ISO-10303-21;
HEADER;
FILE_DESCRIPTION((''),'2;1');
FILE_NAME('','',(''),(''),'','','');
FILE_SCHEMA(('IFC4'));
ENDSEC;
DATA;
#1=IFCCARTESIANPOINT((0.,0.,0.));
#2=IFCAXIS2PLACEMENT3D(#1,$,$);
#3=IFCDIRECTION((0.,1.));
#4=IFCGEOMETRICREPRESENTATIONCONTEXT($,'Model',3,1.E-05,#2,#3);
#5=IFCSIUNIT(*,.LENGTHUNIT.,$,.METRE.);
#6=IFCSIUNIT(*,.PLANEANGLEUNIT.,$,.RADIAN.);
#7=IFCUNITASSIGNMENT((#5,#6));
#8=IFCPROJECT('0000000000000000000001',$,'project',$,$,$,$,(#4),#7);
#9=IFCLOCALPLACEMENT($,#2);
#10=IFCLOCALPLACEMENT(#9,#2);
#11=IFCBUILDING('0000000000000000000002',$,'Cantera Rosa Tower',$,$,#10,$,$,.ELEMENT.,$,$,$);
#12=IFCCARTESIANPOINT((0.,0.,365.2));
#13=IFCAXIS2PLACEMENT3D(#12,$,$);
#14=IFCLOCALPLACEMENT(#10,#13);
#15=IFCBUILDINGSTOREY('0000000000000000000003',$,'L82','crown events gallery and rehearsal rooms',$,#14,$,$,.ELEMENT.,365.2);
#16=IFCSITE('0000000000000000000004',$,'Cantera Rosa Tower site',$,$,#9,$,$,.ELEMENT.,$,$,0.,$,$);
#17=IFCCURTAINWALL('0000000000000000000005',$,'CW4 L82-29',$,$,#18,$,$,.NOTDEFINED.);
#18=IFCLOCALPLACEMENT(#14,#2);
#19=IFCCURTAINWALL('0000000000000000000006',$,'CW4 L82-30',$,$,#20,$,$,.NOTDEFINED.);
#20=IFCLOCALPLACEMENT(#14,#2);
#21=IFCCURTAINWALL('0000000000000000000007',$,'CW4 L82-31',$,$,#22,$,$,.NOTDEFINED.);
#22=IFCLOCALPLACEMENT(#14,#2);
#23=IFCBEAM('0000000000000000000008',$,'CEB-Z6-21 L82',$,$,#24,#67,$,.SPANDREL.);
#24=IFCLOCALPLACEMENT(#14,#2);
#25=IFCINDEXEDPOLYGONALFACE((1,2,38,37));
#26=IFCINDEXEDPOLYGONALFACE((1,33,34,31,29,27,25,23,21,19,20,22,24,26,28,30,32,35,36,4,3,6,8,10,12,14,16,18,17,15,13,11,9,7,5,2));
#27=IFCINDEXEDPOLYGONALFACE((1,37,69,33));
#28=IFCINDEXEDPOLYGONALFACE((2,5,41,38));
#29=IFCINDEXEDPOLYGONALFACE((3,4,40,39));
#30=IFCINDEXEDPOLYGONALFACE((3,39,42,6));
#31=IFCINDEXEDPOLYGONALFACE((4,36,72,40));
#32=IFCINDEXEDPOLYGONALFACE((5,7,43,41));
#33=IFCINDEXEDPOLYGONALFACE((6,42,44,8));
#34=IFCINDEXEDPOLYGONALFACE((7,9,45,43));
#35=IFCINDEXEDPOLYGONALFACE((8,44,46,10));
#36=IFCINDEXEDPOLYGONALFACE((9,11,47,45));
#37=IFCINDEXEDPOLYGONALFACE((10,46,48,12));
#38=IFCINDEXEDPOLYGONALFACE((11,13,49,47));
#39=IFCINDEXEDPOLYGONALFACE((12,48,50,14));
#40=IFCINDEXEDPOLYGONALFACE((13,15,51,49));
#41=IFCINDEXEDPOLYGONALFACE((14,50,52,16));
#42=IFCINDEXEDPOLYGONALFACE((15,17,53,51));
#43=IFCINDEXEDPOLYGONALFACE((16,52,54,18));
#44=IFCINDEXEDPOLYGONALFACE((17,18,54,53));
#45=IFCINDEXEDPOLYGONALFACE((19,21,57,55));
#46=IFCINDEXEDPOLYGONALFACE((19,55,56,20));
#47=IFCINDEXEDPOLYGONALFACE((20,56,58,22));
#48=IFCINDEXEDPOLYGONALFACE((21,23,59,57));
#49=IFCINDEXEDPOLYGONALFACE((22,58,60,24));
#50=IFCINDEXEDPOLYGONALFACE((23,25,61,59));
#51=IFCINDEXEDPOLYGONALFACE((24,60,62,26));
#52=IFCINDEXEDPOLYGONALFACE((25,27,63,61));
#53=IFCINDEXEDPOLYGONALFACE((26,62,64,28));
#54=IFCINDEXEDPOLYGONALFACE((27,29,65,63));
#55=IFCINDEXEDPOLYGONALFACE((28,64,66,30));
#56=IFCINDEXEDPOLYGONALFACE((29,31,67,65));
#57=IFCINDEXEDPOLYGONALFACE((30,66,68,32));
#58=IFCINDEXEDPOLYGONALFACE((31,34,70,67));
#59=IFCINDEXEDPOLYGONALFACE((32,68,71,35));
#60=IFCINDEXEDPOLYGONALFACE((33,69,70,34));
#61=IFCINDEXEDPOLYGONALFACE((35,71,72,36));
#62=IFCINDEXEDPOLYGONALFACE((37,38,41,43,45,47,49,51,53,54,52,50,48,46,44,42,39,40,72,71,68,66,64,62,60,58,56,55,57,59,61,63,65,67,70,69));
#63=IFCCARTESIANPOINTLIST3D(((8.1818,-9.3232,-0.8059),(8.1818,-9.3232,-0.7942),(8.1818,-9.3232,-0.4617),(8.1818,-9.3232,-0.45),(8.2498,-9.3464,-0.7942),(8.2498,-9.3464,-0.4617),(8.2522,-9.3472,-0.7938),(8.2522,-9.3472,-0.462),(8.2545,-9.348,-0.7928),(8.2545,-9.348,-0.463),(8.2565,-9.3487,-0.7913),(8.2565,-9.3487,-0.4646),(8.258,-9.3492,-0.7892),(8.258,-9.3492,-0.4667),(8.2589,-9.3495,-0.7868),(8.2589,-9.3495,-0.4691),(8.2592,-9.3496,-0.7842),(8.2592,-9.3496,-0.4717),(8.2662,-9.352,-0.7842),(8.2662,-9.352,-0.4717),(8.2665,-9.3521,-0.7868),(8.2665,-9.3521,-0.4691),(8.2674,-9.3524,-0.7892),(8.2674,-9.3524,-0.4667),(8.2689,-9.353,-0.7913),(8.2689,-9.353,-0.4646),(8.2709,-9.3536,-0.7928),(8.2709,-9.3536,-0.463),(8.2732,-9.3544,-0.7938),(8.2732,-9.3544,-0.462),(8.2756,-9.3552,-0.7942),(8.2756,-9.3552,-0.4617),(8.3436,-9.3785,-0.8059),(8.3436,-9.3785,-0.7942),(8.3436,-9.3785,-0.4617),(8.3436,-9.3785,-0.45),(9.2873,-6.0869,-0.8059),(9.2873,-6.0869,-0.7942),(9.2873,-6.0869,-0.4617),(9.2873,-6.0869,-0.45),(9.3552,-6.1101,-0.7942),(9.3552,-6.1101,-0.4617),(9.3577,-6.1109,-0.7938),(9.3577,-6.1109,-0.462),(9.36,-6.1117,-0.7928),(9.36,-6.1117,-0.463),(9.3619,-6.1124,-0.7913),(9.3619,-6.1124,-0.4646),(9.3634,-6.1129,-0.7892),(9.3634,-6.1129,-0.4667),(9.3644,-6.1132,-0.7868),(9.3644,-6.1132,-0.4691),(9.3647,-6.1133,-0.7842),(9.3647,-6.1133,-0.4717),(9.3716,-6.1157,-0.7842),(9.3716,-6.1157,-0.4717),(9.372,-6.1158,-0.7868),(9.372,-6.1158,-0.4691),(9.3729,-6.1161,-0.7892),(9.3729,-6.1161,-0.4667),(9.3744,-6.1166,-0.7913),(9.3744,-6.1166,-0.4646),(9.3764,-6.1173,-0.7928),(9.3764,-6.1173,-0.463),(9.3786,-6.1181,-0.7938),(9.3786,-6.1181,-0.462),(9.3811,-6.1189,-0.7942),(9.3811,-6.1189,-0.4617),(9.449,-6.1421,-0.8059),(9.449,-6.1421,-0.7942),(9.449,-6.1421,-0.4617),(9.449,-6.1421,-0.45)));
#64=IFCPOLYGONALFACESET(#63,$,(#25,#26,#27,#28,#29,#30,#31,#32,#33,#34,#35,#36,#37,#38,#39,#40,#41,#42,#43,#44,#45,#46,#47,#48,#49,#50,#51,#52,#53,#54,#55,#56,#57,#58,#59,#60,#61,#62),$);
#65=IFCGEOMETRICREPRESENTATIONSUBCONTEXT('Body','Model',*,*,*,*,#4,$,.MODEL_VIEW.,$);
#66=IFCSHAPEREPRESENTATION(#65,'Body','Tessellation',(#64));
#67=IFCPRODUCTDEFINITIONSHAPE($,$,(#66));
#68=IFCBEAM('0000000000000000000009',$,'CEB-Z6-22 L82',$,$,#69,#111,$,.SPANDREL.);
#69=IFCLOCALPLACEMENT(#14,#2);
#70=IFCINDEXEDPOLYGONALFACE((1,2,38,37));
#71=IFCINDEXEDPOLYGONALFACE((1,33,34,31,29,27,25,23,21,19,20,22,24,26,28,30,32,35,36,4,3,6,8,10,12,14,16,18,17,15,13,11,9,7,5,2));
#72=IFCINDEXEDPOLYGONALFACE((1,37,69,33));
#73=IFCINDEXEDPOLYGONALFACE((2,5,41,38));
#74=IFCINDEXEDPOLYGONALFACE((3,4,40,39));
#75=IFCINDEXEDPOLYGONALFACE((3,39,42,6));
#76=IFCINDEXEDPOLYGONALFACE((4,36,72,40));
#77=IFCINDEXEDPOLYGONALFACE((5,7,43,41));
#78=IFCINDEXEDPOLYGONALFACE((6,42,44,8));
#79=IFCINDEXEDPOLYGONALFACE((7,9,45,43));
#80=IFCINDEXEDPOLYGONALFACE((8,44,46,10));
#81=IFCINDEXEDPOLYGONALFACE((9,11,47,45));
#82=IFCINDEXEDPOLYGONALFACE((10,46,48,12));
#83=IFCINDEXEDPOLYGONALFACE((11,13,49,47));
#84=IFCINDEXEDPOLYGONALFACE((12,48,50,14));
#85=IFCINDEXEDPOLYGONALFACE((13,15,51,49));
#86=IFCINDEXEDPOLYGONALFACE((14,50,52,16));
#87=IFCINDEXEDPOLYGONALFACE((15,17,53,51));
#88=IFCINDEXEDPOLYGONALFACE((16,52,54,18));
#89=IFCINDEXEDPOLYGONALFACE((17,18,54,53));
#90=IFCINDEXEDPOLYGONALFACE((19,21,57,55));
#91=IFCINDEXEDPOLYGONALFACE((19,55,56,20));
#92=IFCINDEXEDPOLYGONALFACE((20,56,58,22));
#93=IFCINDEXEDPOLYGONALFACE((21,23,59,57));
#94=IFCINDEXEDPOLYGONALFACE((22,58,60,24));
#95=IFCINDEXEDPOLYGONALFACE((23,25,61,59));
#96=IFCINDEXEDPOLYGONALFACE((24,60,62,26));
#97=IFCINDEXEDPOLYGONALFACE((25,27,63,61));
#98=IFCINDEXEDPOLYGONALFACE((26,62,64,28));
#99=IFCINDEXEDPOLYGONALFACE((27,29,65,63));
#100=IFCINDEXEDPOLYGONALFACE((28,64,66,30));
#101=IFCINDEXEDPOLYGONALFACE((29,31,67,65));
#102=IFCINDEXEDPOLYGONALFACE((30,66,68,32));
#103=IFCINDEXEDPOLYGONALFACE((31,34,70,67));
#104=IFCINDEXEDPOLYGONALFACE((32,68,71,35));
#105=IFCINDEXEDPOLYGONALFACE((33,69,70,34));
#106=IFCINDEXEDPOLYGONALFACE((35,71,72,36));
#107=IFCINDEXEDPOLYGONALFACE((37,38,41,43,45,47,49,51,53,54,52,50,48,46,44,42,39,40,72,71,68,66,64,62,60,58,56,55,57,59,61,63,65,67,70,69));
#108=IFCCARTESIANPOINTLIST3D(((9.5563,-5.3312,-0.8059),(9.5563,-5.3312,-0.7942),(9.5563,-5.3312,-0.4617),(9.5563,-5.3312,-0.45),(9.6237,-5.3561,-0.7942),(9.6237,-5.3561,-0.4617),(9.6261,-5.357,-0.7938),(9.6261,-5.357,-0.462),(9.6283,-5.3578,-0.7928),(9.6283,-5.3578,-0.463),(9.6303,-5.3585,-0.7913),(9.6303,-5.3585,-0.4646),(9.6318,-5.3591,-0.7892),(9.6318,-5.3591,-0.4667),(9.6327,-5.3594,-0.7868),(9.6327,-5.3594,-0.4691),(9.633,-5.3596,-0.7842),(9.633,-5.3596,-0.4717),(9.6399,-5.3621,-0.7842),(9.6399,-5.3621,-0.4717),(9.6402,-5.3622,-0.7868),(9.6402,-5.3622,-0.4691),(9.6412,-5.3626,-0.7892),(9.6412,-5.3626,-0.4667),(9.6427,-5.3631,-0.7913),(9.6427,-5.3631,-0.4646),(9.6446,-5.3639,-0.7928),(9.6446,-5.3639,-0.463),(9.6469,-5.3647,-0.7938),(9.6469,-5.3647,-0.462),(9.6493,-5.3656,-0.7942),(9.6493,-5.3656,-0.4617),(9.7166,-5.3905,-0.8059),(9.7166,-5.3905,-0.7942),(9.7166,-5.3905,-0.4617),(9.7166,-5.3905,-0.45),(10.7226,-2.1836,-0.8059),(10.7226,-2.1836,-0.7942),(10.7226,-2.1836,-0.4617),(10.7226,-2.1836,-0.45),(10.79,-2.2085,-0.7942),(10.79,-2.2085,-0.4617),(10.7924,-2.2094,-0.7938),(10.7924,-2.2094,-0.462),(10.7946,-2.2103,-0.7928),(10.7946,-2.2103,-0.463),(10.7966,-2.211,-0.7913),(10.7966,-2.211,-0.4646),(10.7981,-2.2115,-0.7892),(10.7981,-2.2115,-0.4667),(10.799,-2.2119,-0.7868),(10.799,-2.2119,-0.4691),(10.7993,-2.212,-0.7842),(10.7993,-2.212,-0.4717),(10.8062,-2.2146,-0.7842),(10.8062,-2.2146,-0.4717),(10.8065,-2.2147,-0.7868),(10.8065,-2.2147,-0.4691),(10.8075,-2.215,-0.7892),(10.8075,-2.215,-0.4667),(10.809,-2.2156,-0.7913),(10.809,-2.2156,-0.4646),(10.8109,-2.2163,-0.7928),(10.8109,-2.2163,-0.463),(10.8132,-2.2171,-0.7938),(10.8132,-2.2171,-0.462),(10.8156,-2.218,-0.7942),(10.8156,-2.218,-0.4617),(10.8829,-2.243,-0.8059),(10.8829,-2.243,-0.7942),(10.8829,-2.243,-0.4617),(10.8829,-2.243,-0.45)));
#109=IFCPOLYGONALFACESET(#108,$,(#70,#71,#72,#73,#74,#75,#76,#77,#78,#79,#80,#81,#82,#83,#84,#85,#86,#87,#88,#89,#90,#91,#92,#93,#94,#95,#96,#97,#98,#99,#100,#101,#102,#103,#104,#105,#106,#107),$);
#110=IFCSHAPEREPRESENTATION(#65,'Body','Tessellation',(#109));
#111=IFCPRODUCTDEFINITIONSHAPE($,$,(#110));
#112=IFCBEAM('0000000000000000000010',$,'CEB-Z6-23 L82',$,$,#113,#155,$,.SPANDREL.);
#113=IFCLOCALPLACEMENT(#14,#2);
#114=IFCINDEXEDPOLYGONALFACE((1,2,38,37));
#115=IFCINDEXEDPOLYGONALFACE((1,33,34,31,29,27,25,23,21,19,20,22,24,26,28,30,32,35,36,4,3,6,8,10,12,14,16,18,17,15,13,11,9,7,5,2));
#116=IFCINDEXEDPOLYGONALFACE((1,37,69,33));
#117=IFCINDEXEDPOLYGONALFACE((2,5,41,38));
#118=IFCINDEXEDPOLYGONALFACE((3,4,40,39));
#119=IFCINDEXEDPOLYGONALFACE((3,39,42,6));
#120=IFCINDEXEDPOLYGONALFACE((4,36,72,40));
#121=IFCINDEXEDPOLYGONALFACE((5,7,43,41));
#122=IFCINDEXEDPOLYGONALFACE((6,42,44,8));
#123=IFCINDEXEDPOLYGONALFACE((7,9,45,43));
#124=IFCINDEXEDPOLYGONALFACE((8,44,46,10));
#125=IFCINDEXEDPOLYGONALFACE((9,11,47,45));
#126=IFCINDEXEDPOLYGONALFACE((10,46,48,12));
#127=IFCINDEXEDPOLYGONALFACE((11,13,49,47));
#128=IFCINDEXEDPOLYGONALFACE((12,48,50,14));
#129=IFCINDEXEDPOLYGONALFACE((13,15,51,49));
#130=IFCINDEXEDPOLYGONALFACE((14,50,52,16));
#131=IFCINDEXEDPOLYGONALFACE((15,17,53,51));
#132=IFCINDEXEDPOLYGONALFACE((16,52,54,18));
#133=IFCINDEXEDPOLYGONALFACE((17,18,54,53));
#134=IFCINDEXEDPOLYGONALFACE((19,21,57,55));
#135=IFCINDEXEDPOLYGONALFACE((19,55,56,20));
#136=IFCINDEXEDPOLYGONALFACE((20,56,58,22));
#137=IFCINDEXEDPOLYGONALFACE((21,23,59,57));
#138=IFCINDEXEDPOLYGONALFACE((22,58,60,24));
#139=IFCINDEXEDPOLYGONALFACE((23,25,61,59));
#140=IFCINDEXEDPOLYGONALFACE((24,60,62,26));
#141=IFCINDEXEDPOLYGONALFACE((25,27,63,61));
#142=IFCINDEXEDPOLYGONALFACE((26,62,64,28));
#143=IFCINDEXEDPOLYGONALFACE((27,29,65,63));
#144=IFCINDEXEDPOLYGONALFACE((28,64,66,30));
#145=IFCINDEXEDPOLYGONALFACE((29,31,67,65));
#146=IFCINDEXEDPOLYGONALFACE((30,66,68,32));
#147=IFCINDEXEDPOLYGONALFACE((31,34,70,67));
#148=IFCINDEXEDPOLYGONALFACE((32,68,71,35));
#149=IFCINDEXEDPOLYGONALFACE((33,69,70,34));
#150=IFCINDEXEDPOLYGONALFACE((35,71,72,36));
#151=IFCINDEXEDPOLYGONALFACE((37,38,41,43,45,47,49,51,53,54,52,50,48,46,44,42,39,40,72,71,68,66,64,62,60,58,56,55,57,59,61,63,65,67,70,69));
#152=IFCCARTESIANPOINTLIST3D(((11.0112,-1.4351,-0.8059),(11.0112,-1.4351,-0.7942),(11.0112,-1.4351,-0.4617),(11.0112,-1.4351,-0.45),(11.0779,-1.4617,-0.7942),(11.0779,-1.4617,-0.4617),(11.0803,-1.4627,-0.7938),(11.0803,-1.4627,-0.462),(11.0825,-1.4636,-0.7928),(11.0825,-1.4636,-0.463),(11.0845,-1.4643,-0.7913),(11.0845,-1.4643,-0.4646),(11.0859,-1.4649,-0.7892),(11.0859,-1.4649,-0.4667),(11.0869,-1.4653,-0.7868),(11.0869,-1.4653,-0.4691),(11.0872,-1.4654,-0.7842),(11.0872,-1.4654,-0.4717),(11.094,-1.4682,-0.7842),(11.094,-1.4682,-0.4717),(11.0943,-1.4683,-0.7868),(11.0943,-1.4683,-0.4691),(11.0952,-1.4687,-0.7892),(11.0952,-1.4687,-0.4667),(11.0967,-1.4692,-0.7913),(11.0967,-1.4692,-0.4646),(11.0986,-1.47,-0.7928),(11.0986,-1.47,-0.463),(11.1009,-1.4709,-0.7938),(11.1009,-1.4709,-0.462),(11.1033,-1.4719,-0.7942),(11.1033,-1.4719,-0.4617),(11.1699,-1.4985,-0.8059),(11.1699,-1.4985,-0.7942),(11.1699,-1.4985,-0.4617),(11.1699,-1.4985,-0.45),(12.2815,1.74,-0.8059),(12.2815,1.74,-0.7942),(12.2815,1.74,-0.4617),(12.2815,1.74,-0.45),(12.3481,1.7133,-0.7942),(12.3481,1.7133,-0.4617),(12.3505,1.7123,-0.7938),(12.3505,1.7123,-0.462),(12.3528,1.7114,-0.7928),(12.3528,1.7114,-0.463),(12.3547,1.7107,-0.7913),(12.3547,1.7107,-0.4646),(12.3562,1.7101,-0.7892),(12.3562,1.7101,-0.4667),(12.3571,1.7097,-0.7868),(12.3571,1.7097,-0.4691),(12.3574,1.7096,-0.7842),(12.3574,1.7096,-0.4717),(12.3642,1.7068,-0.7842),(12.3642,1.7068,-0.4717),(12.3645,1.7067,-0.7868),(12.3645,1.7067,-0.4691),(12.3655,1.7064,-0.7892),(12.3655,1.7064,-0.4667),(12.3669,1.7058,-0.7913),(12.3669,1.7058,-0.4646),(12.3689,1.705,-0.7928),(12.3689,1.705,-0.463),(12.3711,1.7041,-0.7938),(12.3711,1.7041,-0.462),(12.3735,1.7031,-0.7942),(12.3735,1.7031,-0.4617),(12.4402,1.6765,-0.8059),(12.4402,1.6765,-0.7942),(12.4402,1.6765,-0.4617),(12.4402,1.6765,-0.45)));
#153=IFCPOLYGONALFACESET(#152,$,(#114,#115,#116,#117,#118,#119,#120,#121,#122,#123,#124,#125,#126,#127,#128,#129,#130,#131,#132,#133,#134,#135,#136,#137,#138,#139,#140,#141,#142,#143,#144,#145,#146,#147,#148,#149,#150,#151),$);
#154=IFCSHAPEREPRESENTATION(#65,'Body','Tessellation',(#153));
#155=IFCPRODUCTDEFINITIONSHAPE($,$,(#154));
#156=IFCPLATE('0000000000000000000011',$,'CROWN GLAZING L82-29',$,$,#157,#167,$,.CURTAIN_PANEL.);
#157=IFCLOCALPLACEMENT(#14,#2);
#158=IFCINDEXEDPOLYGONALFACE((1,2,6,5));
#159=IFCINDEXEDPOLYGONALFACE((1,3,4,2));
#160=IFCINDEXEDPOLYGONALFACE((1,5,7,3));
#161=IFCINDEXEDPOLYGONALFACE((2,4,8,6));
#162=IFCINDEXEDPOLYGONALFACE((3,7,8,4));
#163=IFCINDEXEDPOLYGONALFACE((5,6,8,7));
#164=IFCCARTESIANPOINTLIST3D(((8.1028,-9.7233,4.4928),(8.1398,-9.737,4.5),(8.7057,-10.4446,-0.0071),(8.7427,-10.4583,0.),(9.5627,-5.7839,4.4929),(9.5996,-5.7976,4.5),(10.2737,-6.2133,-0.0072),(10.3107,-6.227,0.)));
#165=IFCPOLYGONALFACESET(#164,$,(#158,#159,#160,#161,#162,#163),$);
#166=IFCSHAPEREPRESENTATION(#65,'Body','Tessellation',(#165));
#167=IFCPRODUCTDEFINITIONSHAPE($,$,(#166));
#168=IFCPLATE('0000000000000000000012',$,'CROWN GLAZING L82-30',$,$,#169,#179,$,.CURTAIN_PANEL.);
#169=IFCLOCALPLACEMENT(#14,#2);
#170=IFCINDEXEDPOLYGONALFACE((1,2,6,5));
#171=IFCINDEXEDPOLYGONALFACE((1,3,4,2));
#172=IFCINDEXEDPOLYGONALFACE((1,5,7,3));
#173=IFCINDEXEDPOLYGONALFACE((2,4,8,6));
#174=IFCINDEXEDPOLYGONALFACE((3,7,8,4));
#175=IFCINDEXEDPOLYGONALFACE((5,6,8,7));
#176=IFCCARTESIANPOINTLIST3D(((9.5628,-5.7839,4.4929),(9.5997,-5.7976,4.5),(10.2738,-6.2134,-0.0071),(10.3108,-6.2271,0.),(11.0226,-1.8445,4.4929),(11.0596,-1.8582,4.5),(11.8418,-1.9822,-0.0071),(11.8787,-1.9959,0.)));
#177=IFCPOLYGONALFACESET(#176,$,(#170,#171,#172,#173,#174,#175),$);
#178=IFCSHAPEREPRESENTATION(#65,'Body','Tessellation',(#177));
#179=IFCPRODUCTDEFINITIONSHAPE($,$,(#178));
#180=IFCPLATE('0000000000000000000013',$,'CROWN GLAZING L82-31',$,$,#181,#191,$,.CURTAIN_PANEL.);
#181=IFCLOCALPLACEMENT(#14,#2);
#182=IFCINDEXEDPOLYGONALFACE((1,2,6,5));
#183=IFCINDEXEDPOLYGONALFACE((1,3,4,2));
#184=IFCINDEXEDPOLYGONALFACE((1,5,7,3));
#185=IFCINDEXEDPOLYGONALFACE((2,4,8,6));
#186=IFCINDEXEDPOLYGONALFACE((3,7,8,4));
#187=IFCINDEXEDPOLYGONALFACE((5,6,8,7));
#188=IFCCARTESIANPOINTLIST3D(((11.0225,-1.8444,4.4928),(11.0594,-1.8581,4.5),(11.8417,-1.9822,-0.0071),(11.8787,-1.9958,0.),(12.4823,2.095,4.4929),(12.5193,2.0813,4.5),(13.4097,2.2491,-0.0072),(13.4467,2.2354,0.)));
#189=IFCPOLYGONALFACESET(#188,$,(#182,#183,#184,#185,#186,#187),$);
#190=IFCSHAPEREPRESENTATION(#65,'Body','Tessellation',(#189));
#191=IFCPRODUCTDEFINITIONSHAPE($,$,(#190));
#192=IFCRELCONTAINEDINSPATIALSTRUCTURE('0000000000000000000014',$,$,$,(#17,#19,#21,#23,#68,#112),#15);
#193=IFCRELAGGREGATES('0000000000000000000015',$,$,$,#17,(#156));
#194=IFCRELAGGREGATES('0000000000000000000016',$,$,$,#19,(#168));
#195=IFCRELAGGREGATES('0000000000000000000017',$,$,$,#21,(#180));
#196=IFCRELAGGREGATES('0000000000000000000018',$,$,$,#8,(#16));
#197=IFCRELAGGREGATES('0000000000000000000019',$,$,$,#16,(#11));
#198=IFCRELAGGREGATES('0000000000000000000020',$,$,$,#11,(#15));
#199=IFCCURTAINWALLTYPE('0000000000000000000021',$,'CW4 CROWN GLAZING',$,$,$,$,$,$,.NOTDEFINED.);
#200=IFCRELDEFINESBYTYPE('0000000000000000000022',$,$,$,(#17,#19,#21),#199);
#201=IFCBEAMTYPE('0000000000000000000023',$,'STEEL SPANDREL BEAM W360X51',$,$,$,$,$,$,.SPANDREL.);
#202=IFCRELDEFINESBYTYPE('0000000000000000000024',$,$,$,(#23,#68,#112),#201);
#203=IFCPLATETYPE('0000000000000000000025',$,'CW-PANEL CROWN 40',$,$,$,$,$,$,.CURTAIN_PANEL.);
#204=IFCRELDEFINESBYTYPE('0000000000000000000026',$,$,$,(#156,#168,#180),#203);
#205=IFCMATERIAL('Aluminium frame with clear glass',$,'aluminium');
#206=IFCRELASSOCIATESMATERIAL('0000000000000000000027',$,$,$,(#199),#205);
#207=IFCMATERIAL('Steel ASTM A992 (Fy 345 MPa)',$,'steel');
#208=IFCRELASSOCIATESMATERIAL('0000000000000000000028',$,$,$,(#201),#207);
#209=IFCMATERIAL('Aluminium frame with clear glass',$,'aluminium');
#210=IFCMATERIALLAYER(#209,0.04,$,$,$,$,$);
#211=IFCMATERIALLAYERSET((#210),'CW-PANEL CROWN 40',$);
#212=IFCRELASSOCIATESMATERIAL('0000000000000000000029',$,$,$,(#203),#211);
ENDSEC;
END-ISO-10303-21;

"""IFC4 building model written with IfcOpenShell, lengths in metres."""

from ifc_helpers import new_model, si_unit, direction, frame, origin, origin_2d, place, context, subcontext, project, spatial, polyline, i_section, outline, extrude, material, layer, layer_set, material_profile, profile_set, type_object, element, aggregate, save


model = new_model("IFC4")

# Units and contexts
model_context = context("Model", 3, precision=1e-05, world=origin(), true_north=direction((0.0, 1.0)))
body_context = subcontext(model_context, "Body", "Model", "MODEL_VIEW")
ifc_project = project(units=[si_unit("LENGTHUNIT", "METRE"), si_unit("PLANEANGLEUNIT", "RADIAN")], contexts=[model_context])

# Site, building, storey
site_placement = place(None, origin())
site = spatial("IfcSite", under=ifc_project, at=site_placement, Name="Cantera Rosa Tower site", CompositionType="ELEMENT", RefElevation=0.0)
building_placement = place(site_placement, origin())
building = spatial("IfcBuilding", under=site, at=building_placement, Name="Cantera Rosa Tower", CompositionType="ELEMENT")
storey_placement = place(building_placement, frame((0.0, 0.0, 365.2)))
storey = spatial("IfcBuildingStorey", under=building, at=storey_placement, Name="L82", Description="crown events gallery and rehearsal rooms", CompositionType="ELEMENT", Elevation=365.2)

# Curtain walls
ifc_material_1 = material(Name="Aluminium frame with clear glass", Category="aluminium")
curtain_wall_type = type_object("IfcCurtainWallType", Name="CW4 CROWN GLAZING", PredefinedType="NOTDEFINED", material=ifc_material_1)
curtain_wall_1_placement = place(storey_placement, origin())
curtain_wall_1 = element("IfcCurtainWall", 1, at=curtain_wall_1_placement, inside=storey, type_object=curtain_wall_type, Name="CW4 L82-29", PredefinedType="NOTDEFINED")
curtain_wall_2_placement = place(storey_placement, origin())
curtain_wall_2 = element("IfcCurtainWall", 2, at=curtain_wall_2_placement, inside=storey, type_object=curtain_wall_type, Name="CW4 L82-30", PredefinedType="NOTDEFINED")
curtain_wall_3_placement = place(storey_placement, origin())
curtain_wall_3 = element("IfcCurtainWall", 3, at=curtain_wall_3_placement, inside=storey, type_object=curtain_wall_type, Name="CW4 L82-31", PredefinedType="NOTDEFINED")

# Beams
ifc_material_2 = material(Name="Steel ASTM A992 (Fy 345 MPa)", Category="steel")
ifc_material_profile_1 = material_profile(ifc_material_2, i_section(OverallWidth=0.1709, OverallDepth=0.356, WebThickness=0.0073, FlangeThickness=0.0117, FilletRadius=0.01, at=origin_2d()), Name="W360X51")
ifc_profile_set_1 = profile_set([ifc_material_profile_1], Name="Steel ASTM A992 (Fy 345 MPa)")
beam_type_1 = type_object("IfcBeamType", Name="STEEL SPANDREL BEAM W360X51", PredefinedType="SPANDREL", material=ifc_profile_set_1)
beam_1_placement = place(storey_placement, frame((8.2627, -9.3508, -0.6279), z_axis=(0.323244, 0.946316, 0.0), x_axis=(-0.946316, 0.323244, 0.0)))
element("IfcBeam", 4, at=beam_1_placement, inside=storey, type_object=beam_type_1, Name="CEB-Z6-21 L82", PredefinedType="SPANDREL", context=body_context, shape_type="SweptSolid", body=[
    extrude(i_section(OverallWidth=0.1709, OverallDepth=0.356, WebThickness=0.0073, FlangeThickness=0.0117, FilletRadius=0.01, at=origin_2d()), origin(), (0.0, 0.0, 1.0), 3.4199),
])
beam_2_placement = place(storey_placement, frame((9.6365, -5.3608, -0.6279), z_axis=(0.347454, 0.937697, 0.0), x_axis=(-0.937697, 0.347454, 0.0)))
element("IfcBeam", 5, at=beam_2_placement, inside=storey, type_object=beam_type_1, Name="CEB-Z6-22 L82", PredefinedType="SPANDREL", context=body_context, shape_type="SweptSolid", body=[
    extrude(i_section(OverallWidth=0.1709, OverallDepth=0.356, WebThickness=0.0073, FlangeThickness=0.0117, FilletRadius=0.01, at=origin_2d()), origin(), (0.0, 0.0, 1.0), 3.3567),
])
beam_3_placement = place(storey_placement, frame((11.0906, -1.4668, -0.6279), z_axis=(0.371452, 0.928452, 0.0), x_axis=(-0.928452, 0.371452, 0.0)))
element("IfcBeam", 6, at=beam_3_placement, inside=storey, type_object=beam_type_1, Name="CEB-Z6-23 L82", PredefinedType="SPANDREL", context=body_context, shape_type="SweptSolid", body=[
    extrude(i_section(OverallWidth=0.1709, OverallDepth=0.356, WebThickness=0.0073, FlangeThickness=0.0117, FilletRadius=0.01, at=origin_2d()), origin(), (0.0, 0.0, 1.0), 3.4197),
])

# Plates
ifc_material_3 = material(Name="Aluminium frame with clear glass", Category="aluminium")
ifc_layer_1 = layer(ifc_material_3, 0.04)
ifc_layer_set_1 = layer_set([ifc_layer_1], Name="CW-PANEL CROWN 40")
plate_type = type_object("IfcPlateType", Name="CW-PANEL CROWN 40", PredefinedType="CURTAIN_PANEL", material=ifc_layer_set_1)
plate_1_placement = place(storey_placement, frame((8.7427, -10.4583, 0.0), z_axis=(0.922642, -0.341907, 0.178414), x_axis=(0.347483, 0.937686, -0.000005)))
plate_1 = element("IfcPlate", 7, at=plate_1_placement, type_object=plate_type, Name="CROWN GLAZING L82-29", PredefinedType="CURTAIN_PANEL", context=body_context, shape_type="SweptSolid", body=[
    extrude(outline(polyline([(0.0, 0.0), (4.5124, 0.0), (4.668, 4.5734), (0.4668, 4.5734), (0.0, 0.0)])), origin(), (0.0, 0.0, -1.0), 0.04),
])
plate_2_placement = place(storey_placement, frame((10.3108, -6.2271, 0.0), z_axis=(0.92264, -0.341907, 0.178422), x_axis=(0.347482, 0.937687, 0.000004)))
plate_2 = element("IfcPlate", 8, at=plate_2_placement, type_object=plate_type, Name="CROWN GLAZING L82-30", PredefinedType="CURTAIN_PANEL", context=body_context, shape_type="SweptSolid", body=[
    extrude(outline(polyline([(0.0, 0.0), (4.5123, 0.0), (4.3569, 4.5734), (0.1556, 4.5734), (0.0, 0.0)])), origin(), (0.0, 0.0, -1.0), 0.04),
])
plate_3_placement = place(storey_placement, frame((11.8787, -1.9958, 0.0), z_axis=(0.922639, -0.341906, 0.17843), x_axis=(0.347483, 0.937686, -0.000005)))
plate_3 = element("IfcPlate", 9, at=plate_3_placement, type_object=plate_type, Name="CROWN GLAZING L82-31", PredefinedType="CURTAIN_PANEL", context=body_context, shape_type="SweptSolid", body=[
    extrude(outline(polyline([(0.0, 0.0), (4.5124, 0.0), (4.0457, 4.5734), (-0.1555, 4.5734), (0.0, 0.0)])), origin(), (0.0, 0.0, -1.0), 0.04),
])

aggregate(curtain_wall_1, [plate_1])
aggregate(curtain_wall_2, [plate_2])
aggregate(curtain_wall_3, [plate_3])

save(model, "model.ifc")
